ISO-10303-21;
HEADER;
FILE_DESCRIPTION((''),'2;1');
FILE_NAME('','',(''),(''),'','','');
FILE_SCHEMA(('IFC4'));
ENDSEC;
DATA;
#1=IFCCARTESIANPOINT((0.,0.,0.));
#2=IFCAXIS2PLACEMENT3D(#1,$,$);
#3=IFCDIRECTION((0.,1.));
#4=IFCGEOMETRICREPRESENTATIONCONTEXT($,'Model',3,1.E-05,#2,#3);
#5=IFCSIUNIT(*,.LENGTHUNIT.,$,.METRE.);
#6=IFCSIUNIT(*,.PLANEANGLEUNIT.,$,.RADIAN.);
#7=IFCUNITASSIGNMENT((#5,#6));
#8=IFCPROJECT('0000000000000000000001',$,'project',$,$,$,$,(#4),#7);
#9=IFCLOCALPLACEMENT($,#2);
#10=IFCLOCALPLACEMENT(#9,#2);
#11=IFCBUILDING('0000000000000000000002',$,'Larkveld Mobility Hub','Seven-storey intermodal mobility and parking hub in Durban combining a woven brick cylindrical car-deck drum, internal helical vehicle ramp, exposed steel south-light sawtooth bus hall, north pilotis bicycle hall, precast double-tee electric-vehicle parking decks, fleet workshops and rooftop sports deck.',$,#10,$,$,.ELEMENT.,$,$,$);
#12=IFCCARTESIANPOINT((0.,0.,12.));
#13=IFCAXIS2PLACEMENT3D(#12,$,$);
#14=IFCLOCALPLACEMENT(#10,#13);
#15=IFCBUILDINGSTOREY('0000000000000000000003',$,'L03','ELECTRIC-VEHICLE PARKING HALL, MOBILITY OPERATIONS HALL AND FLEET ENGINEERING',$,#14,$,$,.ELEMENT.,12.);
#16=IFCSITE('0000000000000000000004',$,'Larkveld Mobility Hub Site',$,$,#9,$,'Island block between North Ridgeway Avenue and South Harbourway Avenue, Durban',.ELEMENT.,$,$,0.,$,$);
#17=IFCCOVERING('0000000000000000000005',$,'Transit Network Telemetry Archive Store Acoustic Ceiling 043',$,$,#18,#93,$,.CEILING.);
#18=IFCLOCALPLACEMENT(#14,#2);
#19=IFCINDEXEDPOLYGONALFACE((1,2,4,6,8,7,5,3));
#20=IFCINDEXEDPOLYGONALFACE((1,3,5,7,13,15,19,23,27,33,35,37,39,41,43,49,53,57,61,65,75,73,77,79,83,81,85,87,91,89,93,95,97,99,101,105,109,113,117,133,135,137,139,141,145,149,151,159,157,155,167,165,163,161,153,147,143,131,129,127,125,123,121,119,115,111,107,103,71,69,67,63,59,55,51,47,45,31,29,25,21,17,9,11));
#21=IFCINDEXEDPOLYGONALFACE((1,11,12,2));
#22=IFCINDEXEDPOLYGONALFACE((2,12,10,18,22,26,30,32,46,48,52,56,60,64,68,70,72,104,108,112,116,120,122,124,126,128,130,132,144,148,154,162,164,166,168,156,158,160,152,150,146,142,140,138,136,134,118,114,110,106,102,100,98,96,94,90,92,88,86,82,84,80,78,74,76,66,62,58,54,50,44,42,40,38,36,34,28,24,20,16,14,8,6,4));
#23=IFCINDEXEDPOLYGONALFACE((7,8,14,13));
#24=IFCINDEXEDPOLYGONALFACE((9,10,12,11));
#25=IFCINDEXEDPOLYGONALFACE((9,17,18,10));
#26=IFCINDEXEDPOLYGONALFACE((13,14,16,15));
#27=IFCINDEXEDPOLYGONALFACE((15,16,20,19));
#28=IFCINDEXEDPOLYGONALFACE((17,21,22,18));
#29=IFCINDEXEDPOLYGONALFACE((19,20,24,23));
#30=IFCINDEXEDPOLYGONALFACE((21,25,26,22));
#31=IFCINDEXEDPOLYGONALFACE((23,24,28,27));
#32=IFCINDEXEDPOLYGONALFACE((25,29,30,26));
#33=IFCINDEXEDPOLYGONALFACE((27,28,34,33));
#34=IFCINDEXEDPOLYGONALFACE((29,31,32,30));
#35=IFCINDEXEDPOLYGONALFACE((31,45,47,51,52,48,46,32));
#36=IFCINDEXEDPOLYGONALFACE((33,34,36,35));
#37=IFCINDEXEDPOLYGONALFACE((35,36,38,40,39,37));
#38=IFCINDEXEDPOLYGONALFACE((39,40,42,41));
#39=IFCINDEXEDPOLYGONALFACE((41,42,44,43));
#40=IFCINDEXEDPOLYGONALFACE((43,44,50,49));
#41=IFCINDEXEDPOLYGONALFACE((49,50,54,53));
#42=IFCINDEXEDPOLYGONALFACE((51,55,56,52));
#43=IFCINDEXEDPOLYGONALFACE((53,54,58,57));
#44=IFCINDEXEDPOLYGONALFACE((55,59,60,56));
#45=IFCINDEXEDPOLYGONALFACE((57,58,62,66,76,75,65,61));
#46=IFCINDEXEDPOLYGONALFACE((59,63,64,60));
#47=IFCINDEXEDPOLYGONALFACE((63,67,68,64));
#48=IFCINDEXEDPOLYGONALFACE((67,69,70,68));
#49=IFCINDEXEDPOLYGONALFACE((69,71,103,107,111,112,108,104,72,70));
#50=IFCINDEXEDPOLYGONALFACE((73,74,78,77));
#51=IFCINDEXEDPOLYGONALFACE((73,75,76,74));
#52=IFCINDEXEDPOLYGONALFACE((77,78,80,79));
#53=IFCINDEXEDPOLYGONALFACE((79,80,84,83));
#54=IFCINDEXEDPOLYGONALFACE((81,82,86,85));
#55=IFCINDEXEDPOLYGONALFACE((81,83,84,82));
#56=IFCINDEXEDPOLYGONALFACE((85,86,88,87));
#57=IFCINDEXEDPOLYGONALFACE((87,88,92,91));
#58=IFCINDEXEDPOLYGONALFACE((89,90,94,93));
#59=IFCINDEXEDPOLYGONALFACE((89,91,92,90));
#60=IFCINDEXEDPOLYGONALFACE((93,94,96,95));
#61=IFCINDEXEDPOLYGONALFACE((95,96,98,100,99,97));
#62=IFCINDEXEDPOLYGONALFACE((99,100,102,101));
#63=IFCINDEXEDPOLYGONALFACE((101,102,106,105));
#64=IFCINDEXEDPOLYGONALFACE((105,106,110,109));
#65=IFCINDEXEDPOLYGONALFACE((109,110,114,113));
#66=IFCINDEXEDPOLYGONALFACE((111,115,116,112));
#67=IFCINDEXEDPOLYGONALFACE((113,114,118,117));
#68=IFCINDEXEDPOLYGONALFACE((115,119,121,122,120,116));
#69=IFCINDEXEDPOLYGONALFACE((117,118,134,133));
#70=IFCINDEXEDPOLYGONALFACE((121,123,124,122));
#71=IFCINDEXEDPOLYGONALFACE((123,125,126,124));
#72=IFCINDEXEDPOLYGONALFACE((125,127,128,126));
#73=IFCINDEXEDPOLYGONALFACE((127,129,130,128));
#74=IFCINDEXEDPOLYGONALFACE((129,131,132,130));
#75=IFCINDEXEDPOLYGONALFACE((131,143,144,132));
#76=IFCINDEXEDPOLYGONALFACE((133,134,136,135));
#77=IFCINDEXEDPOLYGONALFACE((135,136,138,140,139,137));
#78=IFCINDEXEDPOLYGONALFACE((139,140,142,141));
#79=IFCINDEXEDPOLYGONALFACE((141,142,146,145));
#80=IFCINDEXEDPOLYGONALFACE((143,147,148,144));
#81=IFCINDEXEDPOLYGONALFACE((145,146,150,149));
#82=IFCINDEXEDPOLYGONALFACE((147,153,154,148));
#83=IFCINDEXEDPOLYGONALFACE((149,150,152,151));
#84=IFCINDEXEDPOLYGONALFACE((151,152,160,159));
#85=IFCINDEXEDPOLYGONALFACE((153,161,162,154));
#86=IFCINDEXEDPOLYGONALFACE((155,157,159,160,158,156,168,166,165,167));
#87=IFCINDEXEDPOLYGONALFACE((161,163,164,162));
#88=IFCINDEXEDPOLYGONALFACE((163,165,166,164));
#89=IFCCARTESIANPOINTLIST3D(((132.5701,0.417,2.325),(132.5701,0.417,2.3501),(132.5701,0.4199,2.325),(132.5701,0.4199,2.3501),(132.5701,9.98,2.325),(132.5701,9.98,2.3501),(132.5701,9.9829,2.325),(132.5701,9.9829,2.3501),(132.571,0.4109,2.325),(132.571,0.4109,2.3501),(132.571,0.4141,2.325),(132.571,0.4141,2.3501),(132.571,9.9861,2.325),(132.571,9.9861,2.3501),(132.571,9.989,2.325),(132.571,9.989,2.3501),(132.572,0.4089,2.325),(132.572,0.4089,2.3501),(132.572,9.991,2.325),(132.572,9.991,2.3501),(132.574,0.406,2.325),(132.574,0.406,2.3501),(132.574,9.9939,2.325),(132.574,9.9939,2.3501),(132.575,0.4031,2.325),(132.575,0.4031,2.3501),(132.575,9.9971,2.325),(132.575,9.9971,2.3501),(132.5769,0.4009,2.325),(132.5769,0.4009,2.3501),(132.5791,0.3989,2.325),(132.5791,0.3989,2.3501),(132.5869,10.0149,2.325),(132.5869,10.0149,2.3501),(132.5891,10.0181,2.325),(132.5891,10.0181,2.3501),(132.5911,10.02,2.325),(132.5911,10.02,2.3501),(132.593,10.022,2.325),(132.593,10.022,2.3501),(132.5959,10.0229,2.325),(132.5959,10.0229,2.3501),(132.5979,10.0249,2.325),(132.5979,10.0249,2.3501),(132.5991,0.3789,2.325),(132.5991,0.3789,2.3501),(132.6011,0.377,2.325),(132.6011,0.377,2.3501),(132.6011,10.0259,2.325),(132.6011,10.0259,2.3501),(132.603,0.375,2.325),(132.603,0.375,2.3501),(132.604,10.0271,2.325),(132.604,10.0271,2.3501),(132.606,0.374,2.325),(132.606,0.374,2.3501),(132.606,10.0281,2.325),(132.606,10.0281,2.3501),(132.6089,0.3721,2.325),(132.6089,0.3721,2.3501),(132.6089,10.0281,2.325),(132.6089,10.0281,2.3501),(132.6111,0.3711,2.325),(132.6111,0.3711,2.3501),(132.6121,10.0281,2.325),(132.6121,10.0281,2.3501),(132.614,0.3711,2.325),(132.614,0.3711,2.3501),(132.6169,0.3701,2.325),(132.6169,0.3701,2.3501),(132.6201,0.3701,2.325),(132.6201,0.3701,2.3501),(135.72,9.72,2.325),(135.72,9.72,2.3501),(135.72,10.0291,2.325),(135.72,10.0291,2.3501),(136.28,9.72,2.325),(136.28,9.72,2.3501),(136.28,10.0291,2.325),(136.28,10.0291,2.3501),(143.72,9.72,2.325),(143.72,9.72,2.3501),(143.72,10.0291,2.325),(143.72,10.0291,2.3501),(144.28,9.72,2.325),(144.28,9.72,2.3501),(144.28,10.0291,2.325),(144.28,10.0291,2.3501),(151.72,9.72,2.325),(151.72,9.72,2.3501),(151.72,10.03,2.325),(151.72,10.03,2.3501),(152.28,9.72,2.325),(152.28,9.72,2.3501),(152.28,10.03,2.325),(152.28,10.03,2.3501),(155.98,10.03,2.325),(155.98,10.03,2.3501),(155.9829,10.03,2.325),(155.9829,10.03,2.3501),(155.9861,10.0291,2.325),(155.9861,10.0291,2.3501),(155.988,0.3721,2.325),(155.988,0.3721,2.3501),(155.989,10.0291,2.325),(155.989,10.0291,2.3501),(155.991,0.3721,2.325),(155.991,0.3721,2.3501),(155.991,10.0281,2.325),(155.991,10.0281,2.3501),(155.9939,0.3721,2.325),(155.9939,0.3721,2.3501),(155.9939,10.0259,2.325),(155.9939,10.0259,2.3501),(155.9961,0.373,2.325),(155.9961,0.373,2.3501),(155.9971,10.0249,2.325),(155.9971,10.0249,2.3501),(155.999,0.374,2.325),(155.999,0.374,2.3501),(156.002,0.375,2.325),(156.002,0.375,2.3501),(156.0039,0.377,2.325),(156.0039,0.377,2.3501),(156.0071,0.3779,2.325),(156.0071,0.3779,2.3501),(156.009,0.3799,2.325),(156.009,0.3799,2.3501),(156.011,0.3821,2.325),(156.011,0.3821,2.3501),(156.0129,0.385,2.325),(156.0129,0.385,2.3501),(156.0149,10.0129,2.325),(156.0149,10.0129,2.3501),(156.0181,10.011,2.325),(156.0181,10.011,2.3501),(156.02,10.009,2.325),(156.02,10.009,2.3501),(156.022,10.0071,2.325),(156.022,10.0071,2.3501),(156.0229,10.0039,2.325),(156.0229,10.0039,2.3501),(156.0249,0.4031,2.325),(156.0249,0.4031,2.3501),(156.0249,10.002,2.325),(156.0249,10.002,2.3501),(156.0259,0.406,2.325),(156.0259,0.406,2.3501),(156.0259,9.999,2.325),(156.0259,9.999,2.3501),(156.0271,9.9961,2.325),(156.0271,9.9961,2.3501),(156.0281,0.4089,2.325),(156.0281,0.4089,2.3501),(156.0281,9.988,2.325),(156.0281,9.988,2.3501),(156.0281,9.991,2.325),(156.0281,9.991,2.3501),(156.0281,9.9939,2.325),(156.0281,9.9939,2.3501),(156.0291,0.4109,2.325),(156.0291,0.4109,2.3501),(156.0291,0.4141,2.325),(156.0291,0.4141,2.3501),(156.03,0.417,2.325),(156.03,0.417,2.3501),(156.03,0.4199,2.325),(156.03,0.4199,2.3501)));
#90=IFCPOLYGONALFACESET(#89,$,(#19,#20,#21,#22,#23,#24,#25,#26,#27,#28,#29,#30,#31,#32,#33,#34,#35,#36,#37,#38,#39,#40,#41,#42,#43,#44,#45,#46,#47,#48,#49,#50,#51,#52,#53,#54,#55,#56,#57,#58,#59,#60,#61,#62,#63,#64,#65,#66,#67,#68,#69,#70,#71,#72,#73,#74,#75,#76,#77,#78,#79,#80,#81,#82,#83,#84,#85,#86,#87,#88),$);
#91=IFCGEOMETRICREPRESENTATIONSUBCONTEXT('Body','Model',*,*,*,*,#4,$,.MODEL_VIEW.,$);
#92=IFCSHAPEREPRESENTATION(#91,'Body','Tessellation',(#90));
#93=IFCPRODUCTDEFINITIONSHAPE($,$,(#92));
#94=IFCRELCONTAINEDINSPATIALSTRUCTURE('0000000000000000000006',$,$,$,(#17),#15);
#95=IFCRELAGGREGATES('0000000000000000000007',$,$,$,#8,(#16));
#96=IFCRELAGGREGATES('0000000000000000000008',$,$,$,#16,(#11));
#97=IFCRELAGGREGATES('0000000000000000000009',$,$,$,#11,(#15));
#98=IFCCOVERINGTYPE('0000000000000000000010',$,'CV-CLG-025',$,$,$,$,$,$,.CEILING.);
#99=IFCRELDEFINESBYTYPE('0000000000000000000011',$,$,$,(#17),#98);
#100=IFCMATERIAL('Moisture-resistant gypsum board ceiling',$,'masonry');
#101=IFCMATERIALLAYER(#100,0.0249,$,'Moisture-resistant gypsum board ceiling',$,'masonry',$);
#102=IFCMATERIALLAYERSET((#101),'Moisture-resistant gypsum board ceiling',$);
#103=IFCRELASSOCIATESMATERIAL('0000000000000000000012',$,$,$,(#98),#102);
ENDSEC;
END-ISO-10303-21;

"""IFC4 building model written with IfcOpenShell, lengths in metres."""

from ifc_helpers import new_model, si_unit, direction, frame, origin, place, context, subcontext, project, spatial, polyline, outline, extrude, material, layer, layer_set, type_object, element, save


model = new_model("IFC4")

# Units and contexts
model_context = context("Model", 3, precision=1e-05, world=origin(), true_north=direction((0.0, 1.0)))
body_context = subcontext(model_context, "Body", "Model", "MODEL_VIEW")
ifc_project = project(units=[si_unit("LENGTHUNIT", "METRE"), si_unit("PLANEANGLEUNIT", "RADIAN")], contexts=[model_context])

# Site, building, storey
site_placement = place(None, origin())
site = spatial("IfcSite", under=ifc_project, at=site_placement, Name="Larkveld Mobility Hub Site", LongName="Island block between North Ridgeway Avenue and South Harbourway Avenue, Durban", CompositionType="ELEMENT", RefElevation=0.0)
building_placement = place(site_placement, origin())
building = spatial("IfcBuilding", under=site, at=building_placement, Name="Larkveld Mobility Hub", Description="Seven-storey intermodal mobility and parking hub in Durban combining a woven brick cylindrical car-deck drum, internal helical vehicle ramp, exposed steel south-light sawtooth bus hall, north pilotis bicycle hall, precast double-tee electric-vehicle parking decks, fleet workshops and rooftop sports deck.", CompositionType="ELEMENT")
storey_placement = place(building_placement, frame((0.0, 0.0, 12.0)))
storey = spatial("IfcBuildingStorey", under=building, at=storey_placement, Name="L03", Description="ELECTRIC-VEHICLE PARKING HALL, MOBILITY OPERATIONS HALL AND FLEET ENGINEERING", CompositionType="ELEMENT", Elevation=12.0)

# Covering
ifc_material_1 = material(Name="Moisture-resistant gypsum board ceiling", Category="masonry")
ifc_layer_1 = layer(ifc_material_1, 0.0249, Name="Moisture-resistant gypsum board ceiling", Category="masonry")
ifc_layer_set_1 = layer_set([ifc_layer_1], Name="Moisture-resistant gypsum board ceiling")
covering_type_1 = type_object("IfcCoveringType", Name="CV-CLG-025", PredefinedType="CEILING", material=ifc_layer_set_1)
covering_1_placement = place(storey_placement, frame((0.0, 0.0, 2.325)))
element("IfcCovering", 1, at=covering_1_placement, inside=storey, type_object=covering_type_1, Name="Transit Network Telemetry Archive Store Acoustic Ceiling 043", PredefinedType="CEILING", context=body_context, shape_type="SweptSolid", body=[
    extrude(outline(polyline([(132.6169, 0.3701), (132.614, 0.3711), (132.6111, 0.3711), (132.6089, 0.3721), (132.606, 0.374), (132.603, 0.375), (132.6011, 0.377), (132.5991, 0.3789), (132.5791, 0.3989), (132.5769, 0.4009), (132.575, 0.4031), (132.574, 0.406), (132.572, 0.4089), (132.571, 0.4109), (132.571, 0.4141), (132.5701, 0.417), (132.5701, 0.4199), (132.5701, 9.98), (132.5701, 9.9829), (132.571, 9.9861), (132.571, 9.989), (132.572, 9.991), (132.574, 9.9939), (132.575, 9.9971), (132.5869, 10.0149), (132.5891, 10.0181), (132.5911, 10.02), (132.593, 10.022), (132.5959, 10.0229), (132.5979, 10.0249), (132.6011, 10.0259), (132.604, 10.0271), (132.606, 10.0281), (132.6089, 10.0281), (132.6121, 10.0281), (135.72, 10.0291), (135.72, 9.72), (136.28, 9.72), (136.28, 10.0291), (143.72, 10.0291), (143.72, 9.72), (144.28, 9.72), (144.28, 10.0291), (151.72, 10.03), (151.72, 9.72), (152.28, 9.72), (152.28, 10.03), (155.98, 10.03), (155.9829, 10.03), (155.9861, 10.0291), (155.989, 10.0291), (155.991, 10.0281), (155.9939, 10.0259), (155.9971, 10.0249), (156.0149, 10.0129), (156.0181, 10.011), (156.02, 10.009), (156.022, 10.0071), (156.0229, 10.0039), (156.0249, 10.002), (156.0259, 9.999), (156.0271, 9.9961), (156.0281, 9.9939), (156.0281, 9.991), (156.0281, 9.988), (156.03, 0.4199), (156.03, 0.417), (156.0291, 0.4141), (156.0291, 0.4109), (156.0281, 0.4089), (156.0259, 0.406), (156.0249, 0.4031), (156.0129, 0.385), (156.011, 0.3821), (156.009, 0.3799), (156.0071, 0.3779), (156.0039, 0.377), (156.002, 0.375), (155.999, 0.374), (155.9961, 0.373), (155.9939, 0.3721), (155.991, 0.3721), (155.988, 0.3721), (132.6201, 0.3701), (132.6169, 0.3701)])), origin(), (0.0, 0.0, 1.0), 0.0251),
])

save(model, "model.ifc")
